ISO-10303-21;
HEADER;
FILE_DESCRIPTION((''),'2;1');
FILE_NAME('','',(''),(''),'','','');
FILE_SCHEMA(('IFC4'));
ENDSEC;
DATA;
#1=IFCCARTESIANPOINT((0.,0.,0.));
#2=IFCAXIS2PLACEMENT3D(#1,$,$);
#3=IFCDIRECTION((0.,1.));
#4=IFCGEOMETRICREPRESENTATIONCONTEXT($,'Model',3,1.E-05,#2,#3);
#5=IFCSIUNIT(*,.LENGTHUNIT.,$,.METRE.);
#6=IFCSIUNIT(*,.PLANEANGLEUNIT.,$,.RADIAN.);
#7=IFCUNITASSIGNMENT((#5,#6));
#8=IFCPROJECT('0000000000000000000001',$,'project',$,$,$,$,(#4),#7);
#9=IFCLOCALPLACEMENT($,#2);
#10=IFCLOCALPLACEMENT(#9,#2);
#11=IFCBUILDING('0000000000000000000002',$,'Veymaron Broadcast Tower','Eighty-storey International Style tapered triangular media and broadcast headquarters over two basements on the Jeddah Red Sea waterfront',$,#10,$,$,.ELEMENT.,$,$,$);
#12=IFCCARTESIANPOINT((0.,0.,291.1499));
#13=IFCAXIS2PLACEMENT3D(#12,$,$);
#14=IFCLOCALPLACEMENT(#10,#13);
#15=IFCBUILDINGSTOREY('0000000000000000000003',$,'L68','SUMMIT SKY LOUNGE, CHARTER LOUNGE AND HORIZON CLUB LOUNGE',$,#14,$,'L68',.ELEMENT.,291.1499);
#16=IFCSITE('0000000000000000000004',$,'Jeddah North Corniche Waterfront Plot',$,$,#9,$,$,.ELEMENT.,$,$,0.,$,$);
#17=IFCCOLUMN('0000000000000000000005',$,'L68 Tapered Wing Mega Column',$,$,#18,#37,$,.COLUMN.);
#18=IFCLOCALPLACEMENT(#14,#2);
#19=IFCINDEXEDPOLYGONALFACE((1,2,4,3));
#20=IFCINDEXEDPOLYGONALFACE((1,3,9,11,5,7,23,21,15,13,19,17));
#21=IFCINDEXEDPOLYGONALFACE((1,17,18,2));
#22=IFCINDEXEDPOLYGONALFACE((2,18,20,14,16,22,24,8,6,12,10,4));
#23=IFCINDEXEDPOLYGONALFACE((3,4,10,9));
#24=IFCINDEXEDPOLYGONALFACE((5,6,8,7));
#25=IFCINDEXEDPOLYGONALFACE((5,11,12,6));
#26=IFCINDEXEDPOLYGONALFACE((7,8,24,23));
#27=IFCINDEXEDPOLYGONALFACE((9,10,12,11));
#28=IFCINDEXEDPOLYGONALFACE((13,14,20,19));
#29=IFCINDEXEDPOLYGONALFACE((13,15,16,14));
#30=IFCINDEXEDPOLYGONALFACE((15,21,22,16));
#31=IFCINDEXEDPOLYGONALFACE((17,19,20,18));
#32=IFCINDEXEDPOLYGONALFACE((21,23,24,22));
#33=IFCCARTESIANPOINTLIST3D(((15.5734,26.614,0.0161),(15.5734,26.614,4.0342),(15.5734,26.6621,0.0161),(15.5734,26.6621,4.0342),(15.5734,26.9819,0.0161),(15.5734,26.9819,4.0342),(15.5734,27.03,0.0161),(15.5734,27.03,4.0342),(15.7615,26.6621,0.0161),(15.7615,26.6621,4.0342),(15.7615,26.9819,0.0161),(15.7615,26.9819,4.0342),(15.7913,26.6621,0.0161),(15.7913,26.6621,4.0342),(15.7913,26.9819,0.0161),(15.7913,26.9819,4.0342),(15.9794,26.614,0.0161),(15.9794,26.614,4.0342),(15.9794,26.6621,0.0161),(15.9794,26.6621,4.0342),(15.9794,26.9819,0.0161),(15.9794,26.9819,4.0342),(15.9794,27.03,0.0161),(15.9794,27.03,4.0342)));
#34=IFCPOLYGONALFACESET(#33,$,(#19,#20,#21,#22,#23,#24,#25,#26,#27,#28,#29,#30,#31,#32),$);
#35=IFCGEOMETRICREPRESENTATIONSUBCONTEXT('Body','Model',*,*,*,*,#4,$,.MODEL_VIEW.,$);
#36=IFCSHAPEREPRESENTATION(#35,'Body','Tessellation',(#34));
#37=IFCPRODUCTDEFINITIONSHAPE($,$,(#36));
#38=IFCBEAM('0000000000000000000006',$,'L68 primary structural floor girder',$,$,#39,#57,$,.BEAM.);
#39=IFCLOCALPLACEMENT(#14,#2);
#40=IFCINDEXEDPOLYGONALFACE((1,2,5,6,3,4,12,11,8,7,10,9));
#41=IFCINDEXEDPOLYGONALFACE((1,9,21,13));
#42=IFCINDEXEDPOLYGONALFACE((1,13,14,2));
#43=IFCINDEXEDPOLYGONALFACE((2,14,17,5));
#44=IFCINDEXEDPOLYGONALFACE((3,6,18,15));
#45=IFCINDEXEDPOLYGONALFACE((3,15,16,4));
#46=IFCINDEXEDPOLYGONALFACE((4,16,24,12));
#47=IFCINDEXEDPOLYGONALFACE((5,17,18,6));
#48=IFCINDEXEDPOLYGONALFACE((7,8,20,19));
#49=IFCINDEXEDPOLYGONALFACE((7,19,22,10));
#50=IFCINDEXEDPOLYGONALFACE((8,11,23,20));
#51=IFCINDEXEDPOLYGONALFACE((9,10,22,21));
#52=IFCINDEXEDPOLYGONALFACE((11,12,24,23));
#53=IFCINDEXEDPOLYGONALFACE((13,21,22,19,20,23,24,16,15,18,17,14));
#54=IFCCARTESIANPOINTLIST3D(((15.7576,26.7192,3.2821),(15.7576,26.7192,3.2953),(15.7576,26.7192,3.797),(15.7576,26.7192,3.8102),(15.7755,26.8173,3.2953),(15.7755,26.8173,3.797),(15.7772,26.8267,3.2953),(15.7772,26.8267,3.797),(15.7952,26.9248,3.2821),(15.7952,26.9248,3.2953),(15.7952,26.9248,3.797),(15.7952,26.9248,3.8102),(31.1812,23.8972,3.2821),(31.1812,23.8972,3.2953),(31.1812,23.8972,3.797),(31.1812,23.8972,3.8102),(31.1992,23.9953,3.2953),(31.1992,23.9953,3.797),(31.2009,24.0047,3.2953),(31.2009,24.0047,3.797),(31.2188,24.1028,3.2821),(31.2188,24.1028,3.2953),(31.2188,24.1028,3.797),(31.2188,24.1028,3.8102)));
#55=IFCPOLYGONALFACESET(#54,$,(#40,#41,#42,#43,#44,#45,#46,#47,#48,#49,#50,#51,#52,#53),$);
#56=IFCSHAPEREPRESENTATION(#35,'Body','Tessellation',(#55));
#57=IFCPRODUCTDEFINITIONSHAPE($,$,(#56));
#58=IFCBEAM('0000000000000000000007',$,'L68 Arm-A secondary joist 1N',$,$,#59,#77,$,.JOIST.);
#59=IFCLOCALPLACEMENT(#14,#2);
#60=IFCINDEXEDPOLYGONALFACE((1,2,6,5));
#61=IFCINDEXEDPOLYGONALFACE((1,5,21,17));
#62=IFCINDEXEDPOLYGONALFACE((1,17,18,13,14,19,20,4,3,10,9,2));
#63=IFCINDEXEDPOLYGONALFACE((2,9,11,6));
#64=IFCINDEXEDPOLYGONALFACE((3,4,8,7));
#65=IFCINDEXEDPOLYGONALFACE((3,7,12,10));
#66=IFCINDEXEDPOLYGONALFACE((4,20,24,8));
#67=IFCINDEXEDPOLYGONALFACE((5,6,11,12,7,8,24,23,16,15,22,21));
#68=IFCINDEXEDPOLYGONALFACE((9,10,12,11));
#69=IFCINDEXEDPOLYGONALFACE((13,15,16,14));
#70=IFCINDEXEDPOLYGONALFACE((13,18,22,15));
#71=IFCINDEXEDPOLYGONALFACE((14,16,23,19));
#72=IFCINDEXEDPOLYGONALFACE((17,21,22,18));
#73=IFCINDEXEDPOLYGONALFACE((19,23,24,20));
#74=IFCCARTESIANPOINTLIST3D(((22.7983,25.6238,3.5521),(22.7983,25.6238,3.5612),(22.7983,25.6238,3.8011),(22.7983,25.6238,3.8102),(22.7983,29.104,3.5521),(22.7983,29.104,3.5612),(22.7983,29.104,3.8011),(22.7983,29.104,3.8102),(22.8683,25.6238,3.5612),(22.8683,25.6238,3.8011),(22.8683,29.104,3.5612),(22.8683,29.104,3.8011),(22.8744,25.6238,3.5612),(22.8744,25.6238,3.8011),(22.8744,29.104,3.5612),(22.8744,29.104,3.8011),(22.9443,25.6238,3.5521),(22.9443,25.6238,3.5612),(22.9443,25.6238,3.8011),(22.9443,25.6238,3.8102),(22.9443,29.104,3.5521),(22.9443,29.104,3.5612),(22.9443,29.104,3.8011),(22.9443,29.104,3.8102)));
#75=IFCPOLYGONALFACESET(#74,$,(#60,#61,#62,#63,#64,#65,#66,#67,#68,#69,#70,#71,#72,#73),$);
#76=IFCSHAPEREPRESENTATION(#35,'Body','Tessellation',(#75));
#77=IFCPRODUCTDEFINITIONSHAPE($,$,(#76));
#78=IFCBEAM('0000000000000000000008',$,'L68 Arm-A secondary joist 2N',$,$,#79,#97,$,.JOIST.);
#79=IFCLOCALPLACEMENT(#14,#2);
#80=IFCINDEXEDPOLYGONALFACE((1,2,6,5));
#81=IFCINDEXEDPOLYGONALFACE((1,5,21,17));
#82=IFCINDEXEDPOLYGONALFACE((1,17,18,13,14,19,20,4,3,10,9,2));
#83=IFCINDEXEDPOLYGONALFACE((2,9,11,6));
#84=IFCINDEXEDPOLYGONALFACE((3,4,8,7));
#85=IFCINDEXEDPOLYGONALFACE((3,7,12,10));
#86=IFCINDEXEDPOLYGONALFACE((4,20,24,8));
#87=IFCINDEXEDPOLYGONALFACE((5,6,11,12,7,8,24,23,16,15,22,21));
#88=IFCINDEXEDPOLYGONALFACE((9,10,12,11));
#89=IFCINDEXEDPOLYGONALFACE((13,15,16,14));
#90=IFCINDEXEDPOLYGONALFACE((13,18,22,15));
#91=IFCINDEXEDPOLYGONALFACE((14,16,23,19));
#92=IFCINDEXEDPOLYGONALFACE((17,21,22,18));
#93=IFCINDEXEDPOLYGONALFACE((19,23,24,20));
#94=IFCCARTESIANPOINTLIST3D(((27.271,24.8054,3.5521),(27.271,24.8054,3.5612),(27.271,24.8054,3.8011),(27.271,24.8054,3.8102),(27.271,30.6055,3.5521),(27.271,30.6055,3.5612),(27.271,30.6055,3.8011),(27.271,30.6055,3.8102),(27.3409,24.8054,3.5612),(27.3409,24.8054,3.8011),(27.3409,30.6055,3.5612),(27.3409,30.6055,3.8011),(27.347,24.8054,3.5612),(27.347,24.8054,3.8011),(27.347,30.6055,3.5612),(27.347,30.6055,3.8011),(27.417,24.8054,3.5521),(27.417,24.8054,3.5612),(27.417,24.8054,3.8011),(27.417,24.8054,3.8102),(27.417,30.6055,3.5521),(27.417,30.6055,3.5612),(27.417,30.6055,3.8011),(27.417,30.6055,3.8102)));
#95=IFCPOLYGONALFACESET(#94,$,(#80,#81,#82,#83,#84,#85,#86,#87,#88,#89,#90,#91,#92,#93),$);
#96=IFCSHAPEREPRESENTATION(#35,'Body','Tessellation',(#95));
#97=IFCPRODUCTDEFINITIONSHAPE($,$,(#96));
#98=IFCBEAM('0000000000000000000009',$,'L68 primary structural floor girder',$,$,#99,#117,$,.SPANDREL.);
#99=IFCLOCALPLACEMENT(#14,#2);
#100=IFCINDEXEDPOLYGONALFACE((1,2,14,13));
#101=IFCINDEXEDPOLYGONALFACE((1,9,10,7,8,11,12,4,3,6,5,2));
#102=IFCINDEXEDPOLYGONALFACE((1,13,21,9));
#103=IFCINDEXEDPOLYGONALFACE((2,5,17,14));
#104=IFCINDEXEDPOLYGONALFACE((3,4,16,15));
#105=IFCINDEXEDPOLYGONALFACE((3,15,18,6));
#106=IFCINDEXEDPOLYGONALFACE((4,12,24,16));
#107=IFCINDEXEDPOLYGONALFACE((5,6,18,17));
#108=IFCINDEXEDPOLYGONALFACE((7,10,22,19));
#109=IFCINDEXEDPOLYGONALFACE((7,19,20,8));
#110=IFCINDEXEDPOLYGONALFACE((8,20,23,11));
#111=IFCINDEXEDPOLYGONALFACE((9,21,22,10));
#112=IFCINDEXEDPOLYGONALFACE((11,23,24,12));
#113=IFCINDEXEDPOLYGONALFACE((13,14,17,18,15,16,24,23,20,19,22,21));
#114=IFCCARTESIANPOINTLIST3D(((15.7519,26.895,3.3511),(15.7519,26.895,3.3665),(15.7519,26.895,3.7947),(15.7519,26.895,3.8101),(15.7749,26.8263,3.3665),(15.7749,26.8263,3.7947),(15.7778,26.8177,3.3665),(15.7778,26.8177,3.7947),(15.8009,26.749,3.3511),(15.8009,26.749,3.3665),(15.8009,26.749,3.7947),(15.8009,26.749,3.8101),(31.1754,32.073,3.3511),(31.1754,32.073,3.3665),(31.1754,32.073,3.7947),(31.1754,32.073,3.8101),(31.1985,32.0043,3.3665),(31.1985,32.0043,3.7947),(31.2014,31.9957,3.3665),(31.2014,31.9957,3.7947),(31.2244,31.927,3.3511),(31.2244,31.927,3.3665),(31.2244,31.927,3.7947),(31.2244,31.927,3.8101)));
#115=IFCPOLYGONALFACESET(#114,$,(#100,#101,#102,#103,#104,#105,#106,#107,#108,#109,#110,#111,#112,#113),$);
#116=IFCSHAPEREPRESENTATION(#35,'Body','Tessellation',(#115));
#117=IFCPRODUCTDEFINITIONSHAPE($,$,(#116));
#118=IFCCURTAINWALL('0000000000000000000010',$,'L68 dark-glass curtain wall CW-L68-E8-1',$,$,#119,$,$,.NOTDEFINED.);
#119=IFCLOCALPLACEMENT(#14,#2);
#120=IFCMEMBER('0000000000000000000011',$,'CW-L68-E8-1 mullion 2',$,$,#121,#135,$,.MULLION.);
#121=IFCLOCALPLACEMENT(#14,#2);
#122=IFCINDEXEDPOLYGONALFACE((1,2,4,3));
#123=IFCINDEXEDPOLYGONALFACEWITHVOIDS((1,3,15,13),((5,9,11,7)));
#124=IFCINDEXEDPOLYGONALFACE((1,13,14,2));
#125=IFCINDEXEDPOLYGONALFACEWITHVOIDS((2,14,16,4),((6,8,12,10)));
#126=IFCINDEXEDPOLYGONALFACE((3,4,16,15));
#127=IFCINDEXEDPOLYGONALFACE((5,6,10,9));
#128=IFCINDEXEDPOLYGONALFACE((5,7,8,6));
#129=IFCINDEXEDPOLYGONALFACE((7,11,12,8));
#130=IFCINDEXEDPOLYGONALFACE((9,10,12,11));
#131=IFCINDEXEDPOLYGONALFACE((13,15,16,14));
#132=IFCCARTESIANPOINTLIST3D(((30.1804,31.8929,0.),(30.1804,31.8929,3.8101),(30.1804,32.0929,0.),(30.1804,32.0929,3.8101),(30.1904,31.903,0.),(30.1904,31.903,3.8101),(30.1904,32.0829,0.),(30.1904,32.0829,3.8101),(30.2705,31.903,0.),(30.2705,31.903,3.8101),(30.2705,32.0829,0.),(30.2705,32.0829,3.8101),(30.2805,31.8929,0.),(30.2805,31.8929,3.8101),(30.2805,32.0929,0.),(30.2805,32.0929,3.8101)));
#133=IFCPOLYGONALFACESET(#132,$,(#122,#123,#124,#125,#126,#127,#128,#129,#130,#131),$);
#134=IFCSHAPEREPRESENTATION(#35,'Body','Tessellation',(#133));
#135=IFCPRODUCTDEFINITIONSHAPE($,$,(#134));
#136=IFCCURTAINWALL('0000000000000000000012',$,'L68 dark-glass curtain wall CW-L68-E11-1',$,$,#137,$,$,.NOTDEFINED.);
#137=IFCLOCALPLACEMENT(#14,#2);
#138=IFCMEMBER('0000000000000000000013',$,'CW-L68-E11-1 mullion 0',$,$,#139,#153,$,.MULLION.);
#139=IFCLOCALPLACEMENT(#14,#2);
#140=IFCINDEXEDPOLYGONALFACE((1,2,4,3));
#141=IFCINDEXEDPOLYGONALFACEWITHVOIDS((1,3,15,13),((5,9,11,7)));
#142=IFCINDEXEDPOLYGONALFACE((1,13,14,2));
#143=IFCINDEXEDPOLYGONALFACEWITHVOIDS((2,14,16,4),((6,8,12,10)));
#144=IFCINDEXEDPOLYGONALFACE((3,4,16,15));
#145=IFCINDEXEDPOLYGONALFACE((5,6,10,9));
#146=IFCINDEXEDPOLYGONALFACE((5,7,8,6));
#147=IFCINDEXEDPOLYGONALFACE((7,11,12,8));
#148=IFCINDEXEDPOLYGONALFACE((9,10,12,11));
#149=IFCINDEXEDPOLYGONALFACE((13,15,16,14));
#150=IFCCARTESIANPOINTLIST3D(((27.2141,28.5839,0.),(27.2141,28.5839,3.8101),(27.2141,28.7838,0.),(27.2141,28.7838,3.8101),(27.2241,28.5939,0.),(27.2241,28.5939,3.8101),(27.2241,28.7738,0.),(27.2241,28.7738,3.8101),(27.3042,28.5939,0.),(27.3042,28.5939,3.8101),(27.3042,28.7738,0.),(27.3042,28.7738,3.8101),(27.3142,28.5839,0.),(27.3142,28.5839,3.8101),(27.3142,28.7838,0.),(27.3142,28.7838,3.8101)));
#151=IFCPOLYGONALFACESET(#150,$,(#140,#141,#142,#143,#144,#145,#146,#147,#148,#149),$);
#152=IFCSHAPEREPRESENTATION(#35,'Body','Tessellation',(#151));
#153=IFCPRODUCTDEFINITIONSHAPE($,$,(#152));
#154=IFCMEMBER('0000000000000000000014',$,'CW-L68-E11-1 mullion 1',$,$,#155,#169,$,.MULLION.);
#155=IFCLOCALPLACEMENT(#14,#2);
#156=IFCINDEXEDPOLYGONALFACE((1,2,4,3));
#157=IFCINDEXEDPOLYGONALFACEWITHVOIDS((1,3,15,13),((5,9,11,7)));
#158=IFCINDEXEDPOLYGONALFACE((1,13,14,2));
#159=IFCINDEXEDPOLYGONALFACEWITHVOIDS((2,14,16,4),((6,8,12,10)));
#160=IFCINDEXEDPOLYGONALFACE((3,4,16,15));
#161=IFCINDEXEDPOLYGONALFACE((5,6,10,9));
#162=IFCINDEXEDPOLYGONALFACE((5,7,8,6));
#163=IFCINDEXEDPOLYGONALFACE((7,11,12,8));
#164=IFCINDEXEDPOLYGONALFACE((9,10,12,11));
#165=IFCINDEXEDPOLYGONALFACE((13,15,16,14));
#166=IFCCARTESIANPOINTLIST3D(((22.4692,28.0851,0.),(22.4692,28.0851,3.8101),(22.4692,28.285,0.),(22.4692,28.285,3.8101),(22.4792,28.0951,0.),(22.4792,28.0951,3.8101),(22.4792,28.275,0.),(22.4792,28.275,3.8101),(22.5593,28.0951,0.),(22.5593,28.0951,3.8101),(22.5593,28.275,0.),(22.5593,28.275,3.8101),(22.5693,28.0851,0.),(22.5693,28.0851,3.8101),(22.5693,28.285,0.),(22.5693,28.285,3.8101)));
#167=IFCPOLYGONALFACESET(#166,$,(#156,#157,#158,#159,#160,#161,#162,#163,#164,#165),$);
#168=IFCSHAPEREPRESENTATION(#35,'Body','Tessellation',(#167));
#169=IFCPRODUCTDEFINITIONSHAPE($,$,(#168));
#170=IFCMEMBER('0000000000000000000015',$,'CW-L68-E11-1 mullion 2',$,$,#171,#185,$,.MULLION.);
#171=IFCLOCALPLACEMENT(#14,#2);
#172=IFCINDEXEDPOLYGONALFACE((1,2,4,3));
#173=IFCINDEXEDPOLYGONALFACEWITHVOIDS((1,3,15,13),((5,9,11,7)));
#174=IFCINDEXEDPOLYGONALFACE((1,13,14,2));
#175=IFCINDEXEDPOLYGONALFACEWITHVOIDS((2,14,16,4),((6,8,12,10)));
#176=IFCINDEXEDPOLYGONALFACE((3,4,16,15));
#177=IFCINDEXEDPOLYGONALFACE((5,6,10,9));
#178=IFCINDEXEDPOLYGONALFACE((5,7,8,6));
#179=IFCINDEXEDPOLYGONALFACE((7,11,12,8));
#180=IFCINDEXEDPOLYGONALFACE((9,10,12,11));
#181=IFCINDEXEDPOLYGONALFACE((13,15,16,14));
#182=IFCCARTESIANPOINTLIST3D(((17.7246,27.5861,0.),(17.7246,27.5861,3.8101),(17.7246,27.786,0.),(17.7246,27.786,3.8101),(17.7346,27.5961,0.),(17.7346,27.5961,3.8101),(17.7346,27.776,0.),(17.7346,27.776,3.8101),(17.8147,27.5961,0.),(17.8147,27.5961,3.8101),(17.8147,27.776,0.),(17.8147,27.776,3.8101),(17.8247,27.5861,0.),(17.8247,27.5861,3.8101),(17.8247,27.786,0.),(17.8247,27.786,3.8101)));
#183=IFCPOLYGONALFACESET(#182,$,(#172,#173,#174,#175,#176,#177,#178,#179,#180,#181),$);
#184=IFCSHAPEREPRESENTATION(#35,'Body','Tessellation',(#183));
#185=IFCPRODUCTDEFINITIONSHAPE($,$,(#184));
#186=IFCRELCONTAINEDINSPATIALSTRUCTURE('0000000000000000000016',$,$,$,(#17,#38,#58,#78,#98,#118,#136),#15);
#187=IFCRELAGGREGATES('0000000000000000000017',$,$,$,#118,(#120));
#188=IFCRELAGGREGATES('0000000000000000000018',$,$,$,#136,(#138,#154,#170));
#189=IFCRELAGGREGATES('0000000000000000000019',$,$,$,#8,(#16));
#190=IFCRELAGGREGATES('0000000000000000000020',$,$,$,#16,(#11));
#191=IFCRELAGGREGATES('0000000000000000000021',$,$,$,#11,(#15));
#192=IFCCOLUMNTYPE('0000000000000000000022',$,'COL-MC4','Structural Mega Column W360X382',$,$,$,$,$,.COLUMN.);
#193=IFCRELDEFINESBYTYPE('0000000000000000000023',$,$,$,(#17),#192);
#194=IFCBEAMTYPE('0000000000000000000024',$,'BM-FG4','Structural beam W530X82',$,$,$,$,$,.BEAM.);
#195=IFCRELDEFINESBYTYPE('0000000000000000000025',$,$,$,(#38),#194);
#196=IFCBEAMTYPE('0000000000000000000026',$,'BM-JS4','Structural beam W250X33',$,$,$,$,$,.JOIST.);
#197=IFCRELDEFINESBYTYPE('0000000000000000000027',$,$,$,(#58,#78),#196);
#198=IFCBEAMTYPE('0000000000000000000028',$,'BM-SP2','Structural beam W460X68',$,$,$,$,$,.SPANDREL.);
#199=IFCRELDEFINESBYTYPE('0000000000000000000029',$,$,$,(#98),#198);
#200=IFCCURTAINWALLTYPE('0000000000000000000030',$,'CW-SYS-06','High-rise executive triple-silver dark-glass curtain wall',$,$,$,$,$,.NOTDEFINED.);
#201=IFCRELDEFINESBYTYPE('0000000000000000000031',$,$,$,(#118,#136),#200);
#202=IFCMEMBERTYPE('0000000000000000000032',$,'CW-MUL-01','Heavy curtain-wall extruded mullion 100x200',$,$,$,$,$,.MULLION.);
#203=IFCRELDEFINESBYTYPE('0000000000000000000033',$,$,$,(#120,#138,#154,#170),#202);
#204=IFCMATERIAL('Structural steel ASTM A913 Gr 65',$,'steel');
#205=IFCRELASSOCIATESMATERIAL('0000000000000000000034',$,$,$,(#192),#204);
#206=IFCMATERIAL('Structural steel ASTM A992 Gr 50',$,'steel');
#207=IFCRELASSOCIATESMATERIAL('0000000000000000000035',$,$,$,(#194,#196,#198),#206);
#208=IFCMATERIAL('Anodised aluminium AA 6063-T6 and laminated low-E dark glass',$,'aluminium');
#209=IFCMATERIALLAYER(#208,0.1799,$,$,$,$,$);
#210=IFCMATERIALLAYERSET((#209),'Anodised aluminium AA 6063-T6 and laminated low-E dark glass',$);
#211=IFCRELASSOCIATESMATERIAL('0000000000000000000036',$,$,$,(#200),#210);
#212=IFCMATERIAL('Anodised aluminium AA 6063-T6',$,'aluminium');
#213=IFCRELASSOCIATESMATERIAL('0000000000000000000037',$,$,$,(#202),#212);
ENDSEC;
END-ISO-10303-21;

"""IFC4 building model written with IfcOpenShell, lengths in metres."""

from ifc_helpers import new_model, si_unit, direction, frame, origin, origin_2d, place, context, subcontext, project, spatial, hollow_rectangle, i_section, extrude, material, layer, layer_set, material_profile, profile_set, type_object, element, aggregate, save


model = new_model("IFC4")

# Units and contexts
model_context = context("Model", 3, precision=1e-05, world=origin(), true_north=direction((0.0, 1.0)))
body_context = subcontext(model_context, "Body", "Model", "MODEL_VIEW")
ifc_project = project(units=[si_unit("LENGTHUNIT", "METRE"), si_unit("PLANEANGLEUNIT", "RADIAN")], contexts=[model_context])

# Site, building, storey
site_placement = place(None, origin())
site = spatial("IfcSite", under=ifc_project, at=site_placement, Name="Jeddah North Corniche Waterfront Plot", CompositionType="ELEMENT", RefElevation=0.0)
building_placement = place(site_placement, origin())
building = spatial("IfcBuilding", under=site, at=building_placement, Name="Veymaron Broadcast Tower", Description="Eighty-storey International Style tapered triangular media and broadcast headquarters over two basements on the Jeddah Red Sea waterfront", CompositionType="ELEMENT")
storey_placement = place(building_placement, frame((0.0, 0.0, 291.1499)))
storey = spatial("IfcBuildingStorey", under=building, at=storey_placement, Name="L68", Description="SUMMIT SKY LOUNGE, CHARTER LOUNGE AND HORIZON CLUB LOUNGE", LongName="L68", CompositionType="ELEMENT", Elevation=291.1499)

# Column
ifc_material_1 = material(Name="Structural steel ASTM A913 Gr 65", Category="steel")
ifc_material_profile_1 = material_profile(ifc_material_1, i_section(OverallWidth=0.406, OverallDepth=0.416, WebThickness=0.0298, FlangeThickness=0.0481, at=origin_2d()), Name="W360X382")
ifc_profile_set_1 = profile_set([ifc_material_profile_1], Name="Structural steel ASTM A913 Gr 65")
column_type = type_object("IfcColumnType", Name="COL-MC4", Description="Structural Mega Column W360X382", PredefinedType="COLUMN", material=ifc_profile_set_1)
column_placement = place(storey_placement, frame((15.7764, 26.822, 0.0161), z_axis=(0.0, 0.0, 1.0), x_axis=(1.0, 0.0, 0.0)))
element("IfcColumn", 1, at=column_placement, inside=storey, type_object=column_type, Name="L68 Tapered Wing Mega Column", PredefinedType="COLUMN", context=body_context, shape_type="SweptSolid", body=[
    extrude(i_section(OverallWidth=0.406, OverallDepth=0.416, WebThickness=0.0298, FlangeThickness=0.0481, at=origin_2d()), origin(), (0.0, 0.0, 1.0), 4.0181),
])

# Beams
ifc_material_2 = material(Name="Structural steel ASTM A992 Gr 50", Category="steel")
ifc_material_profile_2 = material_profile(ifc_material_2, i_section(OverallWidth=0.209, OverallDepth=0.5281, WebThickness=0.0095, FlangeThickness=0.0132, at=origin_2d()), Name="W530X82")
ifc_profile_set_2 = profile_set([ifc_material_profile_2], Name="Structural steel ASTM A992 Gr 50")
beam_type_1 = type_object("IfcBeamType", Name="BM-FG4", Description="Structural beam W530X82", PredefinedType="BEAM", material=ifc_profile_set_2)
beam_1_placement = place(storey_placement, frame((15.7764, 26.822, 3.5461), z_axis=(0.98367, -0.17998, 0.0), x_axis=(0.17998, 0.98367, 0.0)))
element("IfcBeam", 2, at=beam_1_placement, inside=storey, type_object=beam_type_1, Name="L68 primary structural floor girder", PredefinedType="BEAM", context=body_context, shape_type="SweptSolid", body=[
    extrude(i_section(OverallWidth=0.209, OverallDepth=0.5281, WebThickness=0.0095, FlangeThickness=0.0132, at=origin_2d()), origin(), (0.0, 0.0, 1.0), 15.6797),
])
ifc_material_profile_3 = material_profile(ifc_material_2, i_section(OverallWidth=0.146, OverallDepth=0.2581, WebThickness=0.0061, FlangeThickness=0.009, at=origin_2d()), Name="W250X33")
ifc_profile_set_3 = profile_set([ifc_material_profile_3], Name="Structural steel ASTM A992 Gr 50")
beam_type_2 = type_object("IfcBeamType", Name="BM-JS4", Description="Structural beam W250X33", PredefinedType="JOIST", material=ifc_profile_set_3)
beam_2_placement = place(storey_placement, frame((22.8713, 25.6238, 3.6812), z_axis=(0.0, 1.0, 0.0), x_axis=(-1.0, 0.0, 0.0)))
element("IfcBeam", 3, at=beam_2_placement, inside=storey, type_object=beam_type_2, Name="L68 Arm-A secondary joist 1N", PredefinedType="JOIST", context=body_context, shape_type="SweptSolid", body=[
    extrude(i_section(OverallWidth=0.146, OverallDepth=0.2581, WebThickness=0.0061, FlangeThickness=0.009, at=origin_2d()), origin(), (0.0, 0.0, 1.0), 3.4802),
])
beam_3_placement = place(storey_placement, frame((27.344, 24.8054, 3.6812), z_axis=(0.0, 1.0, 0.0), x_axis=(-1.0, 0.0, 0.0)))
element("IfcBeam", 4, at=beam_3_placement, inside=storey, type_object=beam_type_2, Name="L68 Arm-A secondary joist 2N", PredefinedType="JOIST", context=body_context, shape_type="SweptSolid", body=[
    extrude(i_section(OverallWidth=0.146, OverallDepth=0.2581, WebThickness=0.0061, FlangeThickness=0.009, at=origin_2d()), origin(), (0.0, 0.0, 1.0), 5.8),
])
ifc_material_profile_4 = material_profile(ifc_material_2, i_section(OverallWidth=0.1541, OverallDepth=0.459, WebThickness=0.009, FlangeThickness=0.0154, at=origin_2d()), Name="W460X68")
ifc_profile_set_4 = profile_set([ifc_material_profile_4], Name="Structural steel ASTM A992 Gr 50")
beam_type_3 = type_object("IfcBeamType", Name="BM-SP2", Description="Structural beam W460X68", PredefinedType="SPANDREL", material=ifc_profile_set_4)
beam_4_placement = place(storey_placement, frame((15.7764, 26.822, 3.5806), z_axis=(0.948003, 0.318262, 0.0), x_axis=(-0.318262, 0.948003, 0.0)))
element("IfcBeam", 5, at=beam_4_placement, inside=storey, type_object=beam_type_3, Name="L68 primary structural floor girder", PredefinedType="SPANDREL", context=body_context, shape_type="SweptSolid", body=[
    extrude(i_section(OverallWidth=0.1541, OverallDepth=0.459, WebThickness=0.009, FlangeThickness=0.0154, at=origin_2d()), origin(), (0.0, 0.0, 1.0), 16.2695),
])

# Curtain wall, member
ifc_material_3 = material(Name="Anodised aluminium AA 6063-T6 and laminated low-E dark glass", Category="aluminium")
ifc_layer_1 = layer(ifc_material_3, 0.1799)
ifc_layer_set_1 = layer_set([ifc_layer_1], Name="Anodised aluminium AA 6063-T6 and laminated low-E dark glass")
curtain_wall_type = type_object("IfcCurtainWallType", Name="CW-SYS-06", Description="High-rise executive triple-silver dark-glass curtain wall", PredefinedType="NOTDEFINED", material=ifc_layer_set_1)
curtain_wall_1_placement = place(storey_placement, origin())
curtain_wall_1 = element("IfcCurtainWall", 6, at=curtain_wall_1_placement, inside=storey, type_object=curtain_wall_type, Name="L68 dark-glass curtain wall CW-L68-E8-1", PredefinedType="NOTDEFINED")
ifc_material_4 = material(Name="Anodised aluminium AA 6063-T6", Category="aluminium")
ifc_material_profile_5 = material_profile(ifc_material_4, hollow_rectangle(XDim=0.1001, YDim=0.2, WallThickness=0.01, at=origin_2d()), Name="RHS200X100X10")
ifc_profile_set_5 = profile_set([ifc_material_profile_5], Name="Anodised aluminium AA 6063-T6")
member_type_1 = type_object("IfcMemberType", Name="CW-MUL-01", Description="Heavy curtain-wall extruded mullion 100x200", PredefinedType="MULLION", material=ifc_profile_set_5)
member_1_placement = place(storey_placement, frame((30.2305, 31.9929, 0.0), z_axis=(0.0, 0.0, 1.0), x_axis=(1.0, 0.0, 0.0)))
member_1 = element("IfcMember", 7, at=member_1_placement, type_object=member_type_1, Name="CW-L68-E8-1 mullion 2", PredefinedType="MULLION", context=body_context, shape_type="SweptSolid", body=[
    extrude(hollow_rectangle(XDim=0.1001, YDim=0.2, WallThickness=0.01, at=origin_2d()), origin(), (0.0, 0.0, 1.0), 3.8101),
])
aggregate(curtain_wall_1, [member_1])

# Curtain wall, members
curtain_wall_2_placement = place(storey_placement, origin())
curtain_wall_2 = element("IfcCurtainWall", 8, at=curtain_wall_2_placement, inside=storey, type_object=curtain_wall_type, Name="L68 dark-glass curtain wall CW-L68-E11-1", PredefinedType="NOTDEFINED")
member_2_placement = place(storey_placement, frame((27.2642, 28.6838, 0.0), z_axis=(0.0, 0.0, 1.0), x_axis=(1.0, 0.0, 0.0)))
member_2 = element("IfcMember", 9, at=member_2_placement, type_object=member_type_1, Name="CW-L68-E11-1 mullion 0", PredefinedType="MULLION", context=body_context, shape_type="SweptSolid", body=[
    extrude(hollow_rectangle(XDim=0.1001, YDim=0.2, WallThickness=0.01, at=origin_2d()), origin(), (0.0, 0.0, 1.0), 3.8101),
])
member_3_placement = place(storey_placement, frame((22.5193, 28.1851, 0.0), z_axis=(0.0, 0.0, 1.0), x_axis=(1.0, 0.0, 0.0)))
member_3 = element("IfcMember", 10, at=member_3_placement, type_object=member_type_1, Name="CW-L68-E11-1 mullion 1", PredefinedType="MULLION", context=body_context, shape_type="SweptSolid", body=[
    extrude(hollow_rectangle(XDim=0.1001, YDim=0.2, WallThickness=0.01, at=origin_2d()), origin(), (0.0, 0.0, 1.0), 3.8101),
])
member_4_placement = place(storey_placement, frame((17.7747, 27.686, 0.0), z_axis=(0.0, 0.0, 1.0), x_axis=(1.0, 0.0, 0.0)))
member_4 = element("IfcMember", 11, at=member_4_placement, type_object=member_type_1, Name="CW-L68-E11-1 mullion 2", PredefinedType="MULLION", context=body_context, shape_type="SweptSolid", body=[
    extrude(hollow_rectangle(XDim=0.1001, YDim=0.2, WallThickness=0.01, at=origin_2d()), origin(), (0.0, 0.0, 1.0), 3.8101),
])
aggregate(curtain_wall_2, [member_2, member_3, member_4])

save(model, "model.ifc")
